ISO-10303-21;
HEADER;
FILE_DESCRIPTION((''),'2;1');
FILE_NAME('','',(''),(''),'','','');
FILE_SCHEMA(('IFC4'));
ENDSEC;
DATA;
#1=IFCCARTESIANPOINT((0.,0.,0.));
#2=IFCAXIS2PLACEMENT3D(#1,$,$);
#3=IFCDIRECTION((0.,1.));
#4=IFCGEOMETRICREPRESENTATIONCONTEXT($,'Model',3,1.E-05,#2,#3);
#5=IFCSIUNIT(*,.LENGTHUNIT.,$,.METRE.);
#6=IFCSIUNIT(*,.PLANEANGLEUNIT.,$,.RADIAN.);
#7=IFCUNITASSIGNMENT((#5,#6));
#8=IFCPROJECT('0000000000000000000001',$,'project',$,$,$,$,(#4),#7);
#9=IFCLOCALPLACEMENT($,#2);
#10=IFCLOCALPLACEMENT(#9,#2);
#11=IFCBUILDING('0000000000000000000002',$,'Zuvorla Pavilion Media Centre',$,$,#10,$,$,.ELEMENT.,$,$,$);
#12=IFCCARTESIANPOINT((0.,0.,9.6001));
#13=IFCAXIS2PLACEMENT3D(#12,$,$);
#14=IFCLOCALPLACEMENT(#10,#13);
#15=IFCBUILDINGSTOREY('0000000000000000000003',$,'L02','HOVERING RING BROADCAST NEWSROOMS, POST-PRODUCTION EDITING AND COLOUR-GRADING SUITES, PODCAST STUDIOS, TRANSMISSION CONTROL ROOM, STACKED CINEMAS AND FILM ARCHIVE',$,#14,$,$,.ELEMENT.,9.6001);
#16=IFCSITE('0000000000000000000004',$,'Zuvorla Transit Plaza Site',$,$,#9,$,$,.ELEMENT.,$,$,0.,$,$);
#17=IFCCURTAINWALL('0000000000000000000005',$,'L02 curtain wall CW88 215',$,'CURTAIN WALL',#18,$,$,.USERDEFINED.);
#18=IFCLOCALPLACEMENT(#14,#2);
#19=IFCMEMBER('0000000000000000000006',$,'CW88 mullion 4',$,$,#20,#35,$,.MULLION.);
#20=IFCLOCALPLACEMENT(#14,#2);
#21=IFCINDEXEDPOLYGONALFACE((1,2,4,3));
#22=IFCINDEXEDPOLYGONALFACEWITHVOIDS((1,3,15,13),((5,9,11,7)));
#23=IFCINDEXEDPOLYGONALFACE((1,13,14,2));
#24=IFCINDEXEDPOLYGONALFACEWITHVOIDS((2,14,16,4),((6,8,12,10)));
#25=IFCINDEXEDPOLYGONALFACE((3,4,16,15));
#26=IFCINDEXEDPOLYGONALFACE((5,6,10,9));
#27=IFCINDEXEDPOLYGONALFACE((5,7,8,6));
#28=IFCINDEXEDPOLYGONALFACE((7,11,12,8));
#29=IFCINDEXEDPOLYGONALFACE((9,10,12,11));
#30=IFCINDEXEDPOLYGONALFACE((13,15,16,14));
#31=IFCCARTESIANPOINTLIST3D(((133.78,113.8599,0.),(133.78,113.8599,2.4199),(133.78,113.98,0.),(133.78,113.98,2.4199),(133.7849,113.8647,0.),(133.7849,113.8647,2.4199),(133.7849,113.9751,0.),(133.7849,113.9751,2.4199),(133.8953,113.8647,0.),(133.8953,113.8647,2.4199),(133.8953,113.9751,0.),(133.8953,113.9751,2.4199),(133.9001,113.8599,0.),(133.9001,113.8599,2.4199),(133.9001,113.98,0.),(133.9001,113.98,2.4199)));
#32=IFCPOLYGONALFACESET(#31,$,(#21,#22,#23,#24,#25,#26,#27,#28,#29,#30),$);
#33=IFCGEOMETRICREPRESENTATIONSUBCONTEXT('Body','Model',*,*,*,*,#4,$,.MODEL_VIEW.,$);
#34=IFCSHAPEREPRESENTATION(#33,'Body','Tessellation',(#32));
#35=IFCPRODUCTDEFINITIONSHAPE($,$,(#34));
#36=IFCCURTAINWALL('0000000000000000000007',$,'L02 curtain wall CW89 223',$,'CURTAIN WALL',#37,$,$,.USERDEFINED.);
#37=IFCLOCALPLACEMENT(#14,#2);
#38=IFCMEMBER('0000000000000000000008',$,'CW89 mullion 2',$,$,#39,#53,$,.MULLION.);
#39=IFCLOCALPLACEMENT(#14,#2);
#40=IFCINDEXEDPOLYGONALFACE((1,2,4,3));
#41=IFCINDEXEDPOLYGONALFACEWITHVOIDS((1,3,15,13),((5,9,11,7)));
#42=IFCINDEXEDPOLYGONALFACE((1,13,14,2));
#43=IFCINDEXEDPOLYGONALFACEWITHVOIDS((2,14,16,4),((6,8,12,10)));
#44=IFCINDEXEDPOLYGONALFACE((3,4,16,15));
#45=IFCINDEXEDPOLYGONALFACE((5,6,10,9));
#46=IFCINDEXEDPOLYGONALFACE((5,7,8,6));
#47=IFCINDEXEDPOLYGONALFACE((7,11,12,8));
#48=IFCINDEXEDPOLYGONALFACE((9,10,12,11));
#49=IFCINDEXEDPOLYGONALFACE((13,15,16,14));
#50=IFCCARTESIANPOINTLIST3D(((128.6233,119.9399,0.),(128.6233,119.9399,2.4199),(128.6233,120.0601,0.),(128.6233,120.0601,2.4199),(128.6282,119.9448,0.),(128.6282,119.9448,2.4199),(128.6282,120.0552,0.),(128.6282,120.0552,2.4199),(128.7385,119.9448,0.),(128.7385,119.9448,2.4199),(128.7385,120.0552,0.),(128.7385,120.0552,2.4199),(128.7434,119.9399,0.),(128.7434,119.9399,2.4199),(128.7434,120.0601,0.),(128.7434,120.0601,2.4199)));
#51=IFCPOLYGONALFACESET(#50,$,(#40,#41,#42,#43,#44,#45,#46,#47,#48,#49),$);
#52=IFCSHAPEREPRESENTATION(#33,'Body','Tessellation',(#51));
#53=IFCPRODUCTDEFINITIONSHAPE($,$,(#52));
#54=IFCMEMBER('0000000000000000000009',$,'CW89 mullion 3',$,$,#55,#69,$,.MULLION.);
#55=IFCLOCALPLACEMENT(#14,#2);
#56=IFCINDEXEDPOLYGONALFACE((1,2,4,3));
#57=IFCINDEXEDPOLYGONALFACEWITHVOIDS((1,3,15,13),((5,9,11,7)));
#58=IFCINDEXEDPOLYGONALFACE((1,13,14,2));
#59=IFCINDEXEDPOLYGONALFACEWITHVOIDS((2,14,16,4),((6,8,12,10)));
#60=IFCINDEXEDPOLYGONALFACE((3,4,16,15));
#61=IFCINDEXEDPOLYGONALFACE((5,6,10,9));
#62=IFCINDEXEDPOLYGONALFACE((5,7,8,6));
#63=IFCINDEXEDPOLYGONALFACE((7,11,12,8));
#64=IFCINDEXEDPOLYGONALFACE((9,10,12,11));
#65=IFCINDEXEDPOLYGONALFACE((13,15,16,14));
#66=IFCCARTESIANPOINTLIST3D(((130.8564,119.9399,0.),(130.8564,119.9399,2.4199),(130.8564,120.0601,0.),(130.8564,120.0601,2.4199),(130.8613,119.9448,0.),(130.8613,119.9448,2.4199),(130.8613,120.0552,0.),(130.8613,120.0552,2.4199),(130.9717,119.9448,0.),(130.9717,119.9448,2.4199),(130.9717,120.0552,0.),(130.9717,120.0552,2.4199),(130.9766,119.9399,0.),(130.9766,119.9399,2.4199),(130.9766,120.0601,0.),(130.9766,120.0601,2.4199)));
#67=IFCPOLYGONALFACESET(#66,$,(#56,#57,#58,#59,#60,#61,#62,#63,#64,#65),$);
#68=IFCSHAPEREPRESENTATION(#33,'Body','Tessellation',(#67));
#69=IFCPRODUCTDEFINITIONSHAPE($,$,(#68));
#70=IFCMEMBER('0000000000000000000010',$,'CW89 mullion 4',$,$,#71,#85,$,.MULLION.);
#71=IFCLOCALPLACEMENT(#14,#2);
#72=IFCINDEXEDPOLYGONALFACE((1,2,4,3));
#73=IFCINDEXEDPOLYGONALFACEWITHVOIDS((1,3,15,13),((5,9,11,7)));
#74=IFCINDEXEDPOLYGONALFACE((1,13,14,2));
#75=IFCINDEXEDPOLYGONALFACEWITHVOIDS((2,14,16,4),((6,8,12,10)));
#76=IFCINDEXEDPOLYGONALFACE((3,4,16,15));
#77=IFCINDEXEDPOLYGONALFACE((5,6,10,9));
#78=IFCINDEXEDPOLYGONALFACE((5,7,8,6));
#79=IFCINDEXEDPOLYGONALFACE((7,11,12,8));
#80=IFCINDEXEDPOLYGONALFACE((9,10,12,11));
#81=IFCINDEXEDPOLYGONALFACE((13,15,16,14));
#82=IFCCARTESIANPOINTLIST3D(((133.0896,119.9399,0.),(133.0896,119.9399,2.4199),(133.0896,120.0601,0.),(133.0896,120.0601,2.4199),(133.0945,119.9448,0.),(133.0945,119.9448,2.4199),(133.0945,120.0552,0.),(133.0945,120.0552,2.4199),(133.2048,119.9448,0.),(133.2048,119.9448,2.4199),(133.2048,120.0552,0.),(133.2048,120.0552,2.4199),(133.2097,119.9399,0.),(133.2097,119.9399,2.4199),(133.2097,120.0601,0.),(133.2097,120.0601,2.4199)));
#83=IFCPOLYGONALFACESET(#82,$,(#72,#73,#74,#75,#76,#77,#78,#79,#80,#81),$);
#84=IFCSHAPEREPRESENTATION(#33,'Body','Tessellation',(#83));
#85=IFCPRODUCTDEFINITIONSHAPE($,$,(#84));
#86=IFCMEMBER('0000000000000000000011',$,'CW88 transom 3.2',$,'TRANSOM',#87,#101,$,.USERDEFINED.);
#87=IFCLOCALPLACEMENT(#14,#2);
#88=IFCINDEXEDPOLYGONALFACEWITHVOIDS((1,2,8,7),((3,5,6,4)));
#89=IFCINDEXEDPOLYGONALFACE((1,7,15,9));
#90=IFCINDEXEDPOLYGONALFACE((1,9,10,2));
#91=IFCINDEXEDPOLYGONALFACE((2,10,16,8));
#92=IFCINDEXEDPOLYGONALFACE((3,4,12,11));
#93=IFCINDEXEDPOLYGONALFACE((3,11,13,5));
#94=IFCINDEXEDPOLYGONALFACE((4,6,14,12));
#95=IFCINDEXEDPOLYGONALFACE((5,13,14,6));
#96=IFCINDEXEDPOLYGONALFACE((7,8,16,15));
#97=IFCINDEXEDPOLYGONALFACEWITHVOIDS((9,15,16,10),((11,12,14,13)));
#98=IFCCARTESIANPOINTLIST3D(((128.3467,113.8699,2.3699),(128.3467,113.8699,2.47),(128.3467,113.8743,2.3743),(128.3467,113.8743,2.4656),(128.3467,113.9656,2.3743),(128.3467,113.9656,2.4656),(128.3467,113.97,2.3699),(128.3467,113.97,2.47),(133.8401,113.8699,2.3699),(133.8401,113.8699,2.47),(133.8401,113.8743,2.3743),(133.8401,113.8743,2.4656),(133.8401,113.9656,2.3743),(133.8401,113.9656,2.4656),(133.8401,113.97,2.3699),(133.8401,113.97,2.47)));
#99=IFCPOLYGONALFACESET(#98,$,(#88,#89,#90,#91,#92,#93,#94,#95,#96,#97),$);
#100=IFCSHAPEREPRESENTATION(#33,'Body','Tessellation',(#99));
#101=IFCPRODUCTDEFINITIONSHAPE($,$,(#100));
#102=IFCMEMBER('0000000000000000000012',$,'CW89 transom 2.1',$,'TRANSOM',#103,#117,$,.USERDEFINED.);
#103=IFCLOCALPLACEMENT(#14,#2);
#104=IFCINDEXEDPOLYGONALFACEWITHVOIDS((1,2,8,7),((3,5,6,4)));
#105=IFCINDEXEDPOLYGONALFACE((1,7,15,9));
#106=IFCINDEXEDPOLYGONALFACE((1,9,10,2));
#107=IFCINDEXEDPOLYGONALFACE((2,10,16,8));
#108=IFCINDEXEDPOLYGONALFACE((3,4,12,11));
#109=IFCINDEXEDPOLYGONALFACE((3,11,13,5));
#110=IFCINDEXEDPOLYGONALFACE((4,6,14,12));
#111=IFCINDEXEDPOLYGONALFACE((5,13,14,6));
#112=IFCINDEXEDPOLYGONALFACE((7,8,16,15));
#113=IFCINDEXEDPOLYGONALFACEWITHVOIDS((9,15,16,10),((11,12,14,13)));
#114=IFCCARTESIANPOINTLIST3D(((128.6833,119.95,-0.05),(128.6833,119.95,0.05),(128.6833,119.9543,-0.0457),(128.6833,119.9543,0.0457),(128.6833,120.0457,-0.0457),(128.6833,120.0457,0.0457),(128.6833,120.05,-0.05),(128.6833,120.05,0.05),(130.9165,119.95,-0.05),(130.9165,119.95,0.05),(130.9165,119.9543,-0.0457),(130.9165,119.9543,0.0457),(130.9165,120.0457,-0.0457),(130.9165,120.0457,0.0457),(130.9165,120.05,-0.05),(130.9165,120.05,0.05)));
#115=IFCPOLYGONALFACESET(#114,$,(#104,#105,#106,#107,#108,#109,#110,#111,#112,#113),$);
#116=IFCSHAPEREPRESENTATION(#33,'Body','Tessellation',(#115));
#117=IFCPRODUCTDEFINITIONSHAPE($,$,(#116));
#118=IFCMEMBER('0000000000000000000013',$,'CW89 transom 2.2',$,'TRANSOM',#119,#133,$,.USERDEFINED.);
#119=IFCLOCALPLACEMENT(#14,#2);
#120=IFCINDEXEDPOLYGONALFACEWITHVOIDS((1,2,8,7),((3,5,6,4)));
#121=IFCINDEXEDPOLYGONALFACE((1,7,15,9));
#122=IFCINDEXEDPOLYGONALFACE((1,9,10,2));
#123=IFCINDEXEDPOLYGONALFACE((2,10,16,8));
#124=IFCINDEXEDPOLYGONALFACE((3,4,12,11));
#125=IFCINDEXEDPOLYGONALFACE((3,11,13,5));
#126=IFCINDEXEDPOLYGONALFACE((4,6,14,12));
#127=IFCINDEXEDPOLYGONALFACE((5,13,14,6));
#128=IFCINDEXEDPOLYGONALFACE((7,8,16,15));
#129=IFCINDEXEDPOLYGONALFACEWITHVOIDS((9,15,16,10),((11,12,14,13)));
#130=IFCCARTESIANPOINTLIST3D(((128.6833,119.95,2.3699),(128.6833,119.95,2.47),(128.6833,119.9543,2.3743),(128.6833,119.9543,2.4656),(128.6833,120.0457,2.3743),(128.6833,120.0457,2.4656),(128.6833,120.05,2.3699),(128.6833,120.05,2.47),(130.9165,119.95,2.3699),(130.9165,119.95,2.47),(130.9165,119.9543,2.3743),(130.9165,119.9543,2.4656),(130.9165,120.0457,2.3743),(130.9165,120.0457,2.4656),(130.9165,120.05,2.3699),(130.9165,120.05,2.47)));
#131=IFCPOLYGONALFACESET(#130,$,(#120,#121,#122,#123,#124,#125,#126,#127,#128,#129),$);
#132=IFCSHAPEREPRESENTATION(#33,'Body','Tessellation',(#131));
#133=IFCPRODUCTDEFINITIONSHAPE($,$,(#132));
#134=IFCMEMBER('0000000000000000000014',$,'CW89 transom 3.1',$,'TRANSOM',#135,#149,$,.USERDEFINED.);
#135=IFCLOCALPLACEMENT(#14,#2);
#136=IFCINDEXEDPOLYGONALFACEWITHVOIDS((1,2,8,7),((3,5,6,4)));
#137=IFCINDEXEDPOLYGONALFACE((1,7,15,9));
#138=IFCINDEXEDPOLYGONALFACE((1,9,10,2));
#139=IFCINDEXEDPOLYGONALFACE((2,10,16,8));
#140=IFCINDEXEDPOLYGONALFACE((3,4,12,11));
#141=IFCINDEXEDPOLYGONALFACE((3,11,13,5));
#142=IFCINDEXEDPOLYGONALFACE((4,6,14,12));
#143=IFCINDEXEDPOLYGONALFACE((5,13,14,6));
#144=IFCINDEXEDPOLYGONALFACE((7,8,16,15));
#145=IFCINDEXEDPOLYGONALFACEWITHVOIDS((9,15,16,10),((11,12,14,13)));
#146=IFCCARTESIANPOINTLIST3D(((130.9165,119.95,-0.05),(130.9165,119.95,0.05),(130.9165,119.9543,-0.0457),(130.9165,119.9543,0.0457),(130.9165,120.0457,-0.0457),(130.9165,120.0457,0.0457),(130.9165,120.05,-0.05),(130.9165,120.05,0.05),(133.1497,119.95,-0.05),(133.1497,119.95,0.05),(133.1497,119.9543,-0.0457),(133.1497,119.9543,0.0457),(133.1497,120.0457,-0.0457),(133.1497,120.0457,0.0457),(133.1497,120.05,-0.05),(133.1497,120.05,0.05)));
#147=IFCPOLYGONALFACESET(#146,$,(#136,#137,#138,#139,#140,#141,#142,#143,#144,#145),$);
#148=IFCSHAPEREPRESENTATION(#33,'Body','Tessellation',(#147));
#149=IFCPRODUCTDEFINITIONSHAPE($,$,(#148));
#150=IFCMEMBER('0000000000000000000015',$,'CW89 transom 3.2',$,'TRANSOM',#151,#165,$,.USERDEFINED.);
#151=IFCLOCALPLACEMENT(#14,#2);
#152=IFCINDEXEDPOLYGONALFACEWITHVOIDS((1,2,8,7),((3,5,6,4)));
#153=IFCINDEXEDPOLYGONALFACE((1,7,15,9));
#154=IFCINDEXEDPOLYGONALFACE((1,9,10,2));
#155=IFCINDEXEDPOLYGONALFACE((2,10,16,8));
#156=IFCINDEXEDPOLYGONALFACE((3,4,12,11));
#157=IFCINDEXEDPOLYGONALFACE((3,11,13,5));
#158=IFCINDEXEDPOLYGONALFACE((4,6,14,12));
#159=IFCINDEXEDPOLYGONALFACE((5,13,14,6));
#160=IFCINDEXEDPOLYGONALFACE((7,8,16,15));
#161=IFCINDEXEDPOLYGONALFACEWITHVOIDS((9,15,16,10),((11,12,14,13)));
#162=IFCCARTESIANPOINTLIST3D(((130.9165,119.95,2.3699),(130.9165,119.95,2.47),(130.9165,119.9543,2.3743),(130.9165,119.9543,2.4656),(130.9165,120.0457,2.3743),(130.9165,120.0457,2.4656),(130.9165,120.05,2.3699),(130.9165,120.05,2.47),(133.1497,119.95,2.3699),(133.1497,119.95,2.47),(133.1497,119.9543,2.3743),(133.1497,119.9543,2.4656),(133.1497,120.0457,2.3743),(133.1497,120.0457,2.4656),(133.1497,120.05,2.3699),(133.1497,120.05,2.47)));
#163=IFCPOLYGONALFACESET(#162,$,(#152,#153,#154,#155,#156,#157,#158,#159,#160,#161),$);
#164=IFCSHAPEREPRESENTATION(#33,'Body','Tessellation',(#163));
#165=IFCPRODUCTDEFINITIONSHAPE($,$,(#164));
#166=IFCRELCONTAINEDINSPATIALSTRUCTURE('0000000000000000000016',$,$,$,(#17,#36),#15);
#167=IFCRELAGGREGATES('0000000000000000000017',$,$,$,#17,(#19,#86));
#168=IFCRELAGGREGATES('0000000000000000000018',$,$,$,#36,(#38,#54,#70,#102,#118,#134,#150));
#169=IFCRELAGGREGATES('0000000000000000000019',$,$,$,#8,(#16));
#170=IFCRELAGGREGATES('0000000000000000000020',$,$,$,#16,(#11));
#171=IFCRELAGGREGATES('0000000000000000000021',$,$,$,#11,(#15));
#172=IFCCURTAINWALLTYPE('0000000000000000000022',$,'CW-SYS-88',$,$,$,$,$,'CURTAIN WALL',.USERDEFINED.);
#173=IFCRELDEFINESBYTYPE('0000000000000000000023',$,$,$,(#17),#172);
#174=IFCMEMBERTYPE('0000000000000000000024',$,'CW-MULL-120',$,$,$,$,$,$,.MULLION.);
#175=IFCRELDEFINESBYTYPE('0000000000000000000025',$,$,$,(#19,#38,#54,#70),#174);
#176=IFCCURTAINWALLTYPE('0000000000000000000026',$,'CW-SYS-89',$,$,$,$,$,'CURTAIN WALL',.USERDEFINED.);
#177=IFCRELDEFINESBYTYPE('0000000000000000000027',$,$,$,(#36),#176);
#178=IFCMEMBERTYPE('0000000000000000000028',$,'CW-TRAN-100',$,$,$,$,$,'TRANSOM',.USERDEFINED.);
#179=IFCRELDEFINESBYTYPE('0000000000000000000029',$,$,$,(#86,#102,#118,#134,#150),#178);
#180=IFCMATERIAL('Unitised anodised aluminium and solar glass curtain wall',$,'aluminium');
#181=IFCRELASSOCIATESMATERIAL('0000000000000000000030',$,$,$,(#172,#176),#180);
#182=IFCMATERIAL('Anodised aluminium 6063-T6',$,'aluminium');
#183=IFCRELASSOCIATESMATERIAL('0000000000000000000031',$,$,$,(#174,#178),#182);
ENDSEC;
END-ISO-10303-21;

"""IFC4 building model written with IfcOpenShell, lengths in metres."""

from ifc_helpers import new_model, si_unit, direction, frame, origin, origin_2d, place, context, subcontext, project, spatial, hollow_rectangle, extrude, material, material_profile, profile_set, type_object, element, aggregate, save


model = new_model("IFC4")

# Units and contexts
model_context = context("Model", 3, precision=1e-05, world=origin(), true_north=direction((0.0, 1.0)))
body_context = subcontext(model_context, "Body", "Model", "MODEL_VIEW")
ifc_project = project(units=[si_unit("LENGTHUNIT", "METRE"), si_unit("PLANEANGLEUNIT", "RADIAN")], contexts=[model_context])

# Site, building, storey
site_placement = place(None, origin())
site = spatial("IfcSite", under=ifc_project, at=site_placement, Name="Zuvorla Transit Plaza Site", CompositionType="ELEMENT", RefElevation=0.0)
building_placement = place(site_placement, origin())
building = spatial("IfcBuilding", under=site, at=building_placement, Name="Zuvorla Pavilion Media Centre", CompositionType="ELEMENT")
storey_placement = place(building_placement, frame((0.0, 0.0, 9.6001)))
storey = spatial("IfcBuildingStorey", under=building, at=storey_placement, Name="L02", Description="HOVERING RING BROADCAST NEWSROOMS, POST-PRODUCTION EDITING AND COLOUR-GRADING SUITES, PODCAST STUDIOS, TRANSMISSION CONTROL ROOM, STACKED CINEMAS AND FILM ARCHIVE", CompositionType="ELEMENT", Elevation=9.6001)

# Curtain wall, member
ifc_material_1 = material(Name="Unitised anodised aluminium and solar glass curtain wall", Category="aluminium")
curtain_wall_type_1 = type_object("IfcCurtainWallType", Name="CW-SYS-88", ElementType="CURTAIN WALL", PredefinedType="USERDEFINED", material=ifc_material_1)
curtain_wall_1_placement = place(storey_placement, origin())
curtain_wall_1 = element("IfcCurtainWall", 1, at=curtain_wall_1_placement, inside=storey, type_object=curtain_wall_type_1, Name="L02 curtain wall CW88 215", ObjectType="CURTAIN WALL", PredefinedType="USERDEFINED")
ifc_material_2 = material(Name="Anodised aluminium 6063-T6", Category="aluminium")
ifc_material_profile_1 = material_profile(ifc_material_2, hollow_rectangle(XDim=0.1201, YDim=0.1201, WallThickness=0.0049, at=origin_2d()), Name="ALU MULL 120x120")
ifc_profile_set_1 = profile_set([ifc_material_profile_1], Name="Anodised aluminium 6063-T6")
member_type_1 = type_object("IfcMemberType", Name="CW-MULL-120", PredefinedType="MULLION", material=ifc_profile_set_1)
member_1_placement = place(storey_placement, frame((133.8401, 113.9199, 0.0), z_axis=(0.0, 0.0, 1.0), x_axis=(1.0, 0.0, 0.0)))
member_1 = element("IfcMember", 2, at=member_1_placement, type_object=member_type_1, Name="CW88 mullion 4", PredefinedType="MULLION", context=body_context, shape_type="SweptSolid", body=[
    extrude(hollow_rectangle(XDim=0.1201, YDim=0.1201, WallThickness=0.0049, at=origin_2d()), origin(), (0.0, 0.0, 1.0), 2.4199),
])

# Curtain wall, members
curtain_wall_type_2 = type_object("IfcCurtainWallType", Name="CW-SYS-89", ElementType="CURTAIN WALL", PredefinedType="USERDEFINED", material=ifc_material_1)
curtain_wall_2_placement = place(storey_placement, origin())
curtain_wall_2 = element("IfcCurtainWall", 3, at=curtain_wall_2_placement, inside=storey, type_object=curtain_wall_type_2, Name="L02 curtain wall CW89 223", ObjectType="CURTAIN WALL", PredefinedType="USERDEFINED")
member_2_placement = place(storey_placement, frame((128.6833, 120.0, 0.0), z_axis=(0.0, 0.0, 1.0), x_axis=(1.0, 0.0, 0.0)))
member_2 = element("IfcMember", 4, at=member_2_placement, type_object=member_type_1, Name="CW89 mullion 2", PredefinedType="MULLION", context=body_context, shape_type="SweptSolid", body=[
    extrude(hollow_rectangle(XDim=0.1201, YDim=0.1201, WallThickness=0.0049, at=origin_2d()), origin(), (0.0, 0.0, 1.0), 2.4199),
])
member_3_placement = place(storey_placement, frame((130.9165, 120.0, 0.0), z_axis=(0.0, 0.0, 1.0), x_axis=(1.0, 0.0, 0.0)))
member_3 = element("IfcMember", 5, at=member_3_placement, type_object=member_type_1, Name="CW89 mullion 3", PredefinedType="MULLION", context=body_context, shape_type="SweptSolid", body=[
    extrude(hollow_rectangle(XDim=0.1201, YDim=0.1201, WallThickness=0.0049, at=origin_2d()), origin(), (0.0, 0.0, 1.0), 2.4199),
])
member_4_placement = place(storey_placement, frame((133.1497, 120.0, 0.0), z_axis=(0.0, 0.0, 1.0), x_axis=(1.0, 0.0, 0.0)))
member_4 = element("IfcMember", 6, at=member_4_placement, type_object=member_type_1, Name="CW89 mullion 4", PredefinedType="MULLION", context=body_context, shape_type="SweptSolid", body=[
    extrude(hollow_rectangle(XDim=0.1201, YDim=0.1201, WallThickness=0.0049, at=origin_2d()), origin(), (0.0, 0.0, 1.0), 2.4199),
])

# Members
ifc_material_profile_2 = material_profile(ifc_material_2, hollow_rectangle(XDim=0.1001, YDim=0.1001, WallThickness=0.0044, at=origin_2d()), Name="ALU TRAN 100x100")
ifc_profile_set_2 = profile_set([ifc_material_profile_2], Name="Anodised aluminium 6063-T6")
member_type_2 = type_object("IfcMemberType", Name="CW-TRAN-100", ElementType="TRANSOM", PredefinedType="USERDEFINED", material=ifc_profile_set_2)
member_5_placement = place(storey_placement, frame((128.3467, 113.9199, 2.4199), z_axis=(1.0, 0.0, 0.0), x_axis=(0.0, 1.0, 0.0)))
member_5 = element("IfcMember", 7, at=member_5_placement, type_object=member_type_2, Name="CW88 transom 3.2", ObjectType="TRANSOM", PredefinedType="USERDEFINED", context=body_context, shape_type="SweptSolid", body=[
    extrude(hollow_rectangle(XDim=0.1001, YDim=0.1001, WallThickness=0.0044, at=origin_2d()), origin(), (0.0, 0.0, 1.0), 5.4934),
])
member_6_placement = place(storey_placement, frame((128.6833, 120.0, 0.0), z_axis=(1.0, 0.0, 0.0), x_axis=(0.0, 1.0, 0.0)))
member_6 = element("IfcMember", 8, at=member_6_placement, type_object=member_type_2, Name="CW89 transom 2.1", ObjectType="TRANSOM", PredefinedType="USERDEFINED", context=body_context, shape_type="SweptSolid", body=[
    extrude(hollow_rectangle(XDim=0.1001, YDim=0.1001, WallThickness=0.0044, at=origin_2d()), origin(), (0.0, 0.0, 1.0), 2.2332),
])
member_7_placement = place(storey_placement, frame((128.6833, 120.0, 2.4199), z_axis=(1.0, 0.0, 0.0), x_axis=(0.0, 1.0, 0.0)))
member_7 = element("IfcMember", 9, at=member_7_placement, type_object=member_type_2, Name="CW89 transom 2.2", ObjectType="TRANSOM", PredefinedType="USERDEFINED", context=body_context, shape_type="SweptSolid", body=[
    extrude(hollow_rectangle(XDim=0.1001, YDim=0.1001, WallThickness=0.0044, at=origin_2d()), origin(), (0.0, 0.0, 1.0), 2.2332),
])
member_8_placement = place(storey_placement, frame((130.9165, 120.0, 0.0), z_axis=(1.0, 0.0, 0.0), x_axis=(0.0, 1.0, 0.0)))
member_8 = element("IfcMember", 10, at=member_8_placement, type_object=member_type_2, Name="CW89 transom 3.1", ObjectType="TRANSOM", PredefinedType="USERDEFINED", context=body_context, shape_type="SweptSolid", body=[
    extrude(hollow_rectangle(XDim=0.1001, YDim=0.1001, WallThickness=0.0044, at=origin_2d()), origin(), (0.0, 0.0, 1.0), 2.2332),
])
member_9_placement = place(storey_placement, frame((130.9165, 120.0, 2.4199), z_axis=(1.0, 0.0, 0.0), x_axis=(0.0, 1.0, 0.0)))
member_9 = element("IfcMember", 11, at=member_9_placement, type_object=member_type_2, Name="CW89 transom 3.2", ObjectType="TRANSOM", PredefinedType="USERDEFINED", context=body_context, shape_type="SweptSolid", body=[
    extrude(hollow_rectangle(XDim=0.1001, YDim=0.1001, WallThickness=0.0044, at=origin_2d()), origin(), (0.0, 0.0, 1.0), 2.2332),
])

aggregate(curtain_wall_1, [member_1, member_5])
aggregate(curtain_wall_2, [member_2, member_3, member_4, member_6, member_7, member_8, member_9])

save(model, "model.ifc")
